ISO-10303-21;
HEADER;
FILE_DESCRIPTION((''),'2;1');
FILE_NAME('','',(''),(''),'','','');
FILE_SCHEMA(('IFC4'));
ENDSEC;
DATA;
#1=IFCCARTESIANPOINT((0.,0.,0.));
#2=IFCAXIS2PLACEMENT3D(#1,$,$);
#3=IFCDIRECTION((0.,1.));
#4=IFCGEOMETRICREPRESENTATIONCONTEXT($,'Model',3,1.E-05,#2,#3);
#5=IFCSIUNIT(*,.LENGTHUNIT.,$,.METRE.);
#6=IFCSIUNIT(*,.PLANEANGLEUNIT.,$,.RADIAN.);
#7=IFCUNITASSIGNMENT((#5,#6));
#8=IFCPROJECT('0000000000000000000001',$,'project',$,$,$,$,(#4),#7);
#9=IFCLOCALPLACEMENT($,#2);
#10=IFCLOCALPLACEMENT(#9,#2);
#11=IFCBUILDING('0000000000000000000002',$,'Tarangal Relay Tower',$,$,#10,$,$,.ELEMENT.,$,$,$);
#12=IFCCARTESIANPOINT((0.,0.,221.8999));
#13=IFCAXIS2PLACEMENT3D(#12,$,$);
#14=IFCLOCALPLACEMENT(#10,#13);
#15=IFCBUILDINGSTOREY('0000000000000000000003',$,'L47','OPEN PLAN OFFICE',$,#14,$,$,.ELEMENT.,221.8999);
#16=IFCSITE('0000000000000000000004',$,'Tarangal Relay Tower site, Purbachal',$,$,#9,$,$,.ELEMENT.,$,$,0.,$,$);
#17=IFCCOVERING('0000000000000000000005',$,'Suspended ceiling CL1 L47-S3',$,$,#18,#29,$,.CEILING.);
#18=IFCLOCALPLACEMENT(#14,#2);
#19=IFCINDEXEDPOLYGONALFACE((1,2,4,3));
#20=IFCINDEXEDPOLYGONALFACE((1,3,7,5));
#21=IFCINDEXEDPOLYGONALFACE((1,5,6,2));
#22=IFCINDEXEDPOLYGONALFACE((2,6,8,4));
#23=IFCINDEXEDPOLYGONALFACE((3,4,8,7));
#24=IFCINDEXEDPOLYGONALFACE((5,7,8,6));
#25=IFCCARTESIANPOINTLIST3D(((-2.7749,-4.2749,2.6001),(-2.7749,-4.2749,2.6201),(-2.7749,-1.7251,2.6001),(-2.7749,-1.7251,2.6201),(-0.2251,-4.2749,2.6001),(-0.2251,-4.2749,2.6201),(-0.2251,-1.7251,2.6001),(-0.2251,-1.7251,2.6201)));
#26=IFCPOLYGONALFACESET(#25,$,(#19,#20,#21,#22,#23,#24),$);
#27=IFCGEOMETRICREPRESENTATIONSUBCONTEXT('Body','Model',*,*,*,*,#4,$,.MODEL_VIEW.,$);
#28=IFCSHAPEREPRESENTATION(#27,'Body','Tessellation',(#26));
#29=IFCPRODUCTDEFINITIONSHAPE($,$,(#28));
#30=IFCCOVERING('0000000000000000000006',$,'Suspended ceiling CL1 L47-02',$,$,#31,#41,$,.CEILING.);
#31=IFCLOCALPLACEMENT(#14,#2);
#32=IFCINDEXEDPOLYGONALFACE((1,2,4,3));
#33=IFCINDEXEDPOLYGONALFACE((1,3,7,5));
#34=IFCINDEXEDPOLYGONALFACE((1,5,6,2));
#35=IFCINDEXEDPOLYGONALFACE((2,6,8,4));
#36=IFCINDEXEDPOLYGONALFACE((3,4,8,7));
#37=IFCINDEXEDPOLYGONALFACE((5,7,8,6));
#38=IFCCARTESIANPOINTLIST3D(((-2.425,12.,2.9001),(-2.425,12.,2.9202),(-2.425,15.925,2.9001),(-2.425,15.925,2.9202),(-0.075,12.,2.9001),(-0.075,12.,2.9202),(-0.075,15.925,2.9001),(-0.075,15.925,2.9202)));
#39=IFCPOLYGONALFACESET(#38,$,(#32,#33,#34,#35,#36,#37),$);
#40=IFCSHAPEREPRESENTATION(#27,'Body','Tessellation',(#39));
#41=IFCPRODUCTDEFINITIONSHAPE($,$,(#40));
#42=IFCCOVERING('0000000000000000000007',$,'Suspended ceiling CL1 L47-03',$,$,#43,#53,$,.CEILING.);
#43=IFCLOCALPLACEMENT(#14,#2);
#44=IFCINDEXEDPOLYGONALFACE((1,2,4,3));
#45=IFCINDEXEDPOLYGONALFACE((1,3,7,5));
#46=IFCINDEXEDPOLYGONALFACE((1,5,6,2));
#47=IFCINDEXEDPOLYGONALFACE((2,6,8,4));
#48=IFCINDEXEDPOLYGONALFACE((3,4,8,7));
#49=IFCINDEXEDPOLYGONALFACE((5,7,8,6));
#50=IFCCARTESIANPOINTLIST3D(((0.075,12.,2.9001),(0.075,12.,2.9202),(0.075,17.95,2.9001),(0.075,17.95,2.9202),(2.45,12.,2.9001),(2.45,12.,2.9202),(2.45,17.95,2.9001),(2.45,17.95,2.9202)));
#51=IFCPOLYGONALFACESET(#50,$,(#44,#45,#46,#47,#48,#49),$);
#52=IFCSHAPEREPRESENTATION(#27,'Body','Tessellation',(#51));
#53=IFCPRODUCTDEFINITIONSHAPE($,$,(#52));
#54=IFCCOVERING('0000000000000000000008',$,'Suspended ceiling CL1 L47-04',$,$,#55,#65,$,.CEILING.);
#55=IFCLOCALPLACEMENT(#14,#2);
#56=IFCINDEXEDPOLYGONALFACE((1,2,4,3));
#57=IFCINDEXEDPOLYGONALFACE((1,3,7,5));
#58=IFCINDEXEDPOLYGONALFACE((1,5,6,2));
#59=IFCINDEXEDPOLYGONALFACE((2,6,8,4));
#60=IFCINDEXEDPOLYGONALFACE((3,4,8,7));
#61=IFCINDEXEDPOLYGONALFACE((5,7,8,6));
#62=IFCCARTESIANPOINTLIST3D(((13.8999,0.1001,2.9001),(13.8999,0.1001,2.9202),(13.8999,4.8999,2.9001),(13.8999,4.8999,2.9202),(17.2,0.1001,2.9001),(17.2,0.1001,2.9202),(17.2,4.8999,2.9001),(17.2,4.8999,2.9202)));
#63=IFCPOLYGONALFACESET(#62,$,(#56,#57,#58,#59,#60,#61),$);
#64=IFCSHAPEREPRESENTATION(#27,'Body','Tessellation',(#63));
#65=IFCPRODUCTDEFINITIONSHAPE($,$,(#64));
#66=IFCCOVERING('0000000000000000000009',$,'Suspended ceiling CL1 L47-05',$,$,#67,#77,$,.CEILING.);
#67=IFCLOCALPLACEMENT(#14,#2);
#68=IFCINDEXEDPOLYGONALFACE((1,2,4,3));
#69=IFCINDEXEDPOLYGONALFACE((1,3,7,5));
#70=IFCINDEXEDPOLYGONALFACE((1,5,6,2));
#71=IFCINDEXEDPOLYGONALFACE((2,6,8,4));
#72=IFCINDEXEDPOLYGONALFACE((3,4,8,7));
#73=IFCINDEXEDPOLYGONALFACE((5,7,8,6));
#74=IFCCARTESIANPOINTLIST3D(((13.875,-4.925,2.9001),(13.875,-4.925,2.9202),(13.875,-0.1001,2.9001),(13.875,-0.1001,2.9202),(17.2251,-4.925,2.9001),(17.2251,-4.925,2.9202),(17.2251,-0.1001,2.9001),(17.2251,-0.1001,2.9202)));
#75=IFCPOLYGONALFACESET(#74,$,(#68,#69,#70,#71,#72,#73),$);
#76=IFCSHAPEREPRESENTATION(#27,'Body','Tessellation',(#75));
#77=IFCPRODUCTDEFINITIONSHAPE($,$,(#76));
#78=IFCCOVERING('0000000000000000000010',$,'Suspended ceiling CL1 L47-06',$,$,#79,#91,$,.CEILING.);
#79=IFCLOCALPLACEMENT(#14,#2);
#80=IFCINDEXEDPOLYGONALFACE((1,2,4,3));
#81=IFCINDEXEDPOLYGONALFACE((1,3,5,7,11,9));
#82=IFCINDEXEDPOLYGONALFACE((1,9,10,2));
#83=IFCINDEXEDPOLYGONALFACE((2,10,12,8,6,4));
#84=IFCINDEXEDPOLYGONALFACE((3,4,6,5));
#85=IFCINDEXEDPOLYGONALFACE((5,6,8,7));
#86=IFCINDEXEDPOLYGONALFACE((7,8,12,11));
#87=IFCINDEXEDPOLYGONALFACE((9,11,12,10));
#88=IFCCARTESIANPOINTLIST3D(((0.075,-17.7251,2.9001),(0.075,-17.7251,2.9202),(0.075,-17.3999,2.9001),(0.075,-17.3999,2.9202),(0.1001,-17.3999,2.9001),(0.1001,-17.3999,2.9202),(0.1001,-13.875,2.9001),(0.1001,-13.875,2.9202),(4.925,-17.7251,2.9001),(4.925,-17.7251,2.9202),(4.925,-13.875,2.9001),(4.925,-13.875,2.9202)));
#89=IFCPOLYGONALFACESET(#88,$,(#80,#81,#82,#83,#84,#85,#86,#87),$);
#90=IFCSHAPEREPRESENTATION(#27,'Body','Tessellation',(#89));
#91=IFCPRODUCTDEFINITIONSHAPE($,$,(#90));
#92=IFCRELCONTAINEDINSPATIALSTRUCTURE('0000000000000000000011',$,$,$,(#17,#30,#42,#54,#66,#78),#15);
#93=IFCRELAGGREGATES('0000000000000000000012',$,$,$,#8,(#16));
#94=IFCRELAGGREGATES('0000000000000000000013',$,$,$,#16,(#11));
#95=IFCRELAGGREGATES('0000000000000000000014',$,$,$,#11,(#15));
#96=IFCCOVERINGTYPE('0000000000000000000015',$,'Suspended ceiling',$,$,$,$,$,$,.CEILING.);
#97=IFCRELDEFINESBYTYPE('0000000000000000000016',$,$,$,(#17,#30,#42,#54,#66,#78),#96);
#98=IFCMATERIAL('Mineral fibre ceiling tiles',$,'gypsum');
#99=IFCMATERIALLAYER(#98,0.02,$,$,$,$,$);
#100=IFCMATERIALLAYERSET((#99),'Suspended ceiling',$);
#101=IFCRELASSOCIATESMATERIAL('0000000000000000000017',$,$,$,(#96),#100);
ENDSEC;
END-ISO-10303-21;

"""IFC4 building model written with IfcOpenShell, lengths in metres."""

from ifc_helpers import new_model, si_unit, direction, frame, origin, place, context, subcontext, project, spatial, polyline, outline, extrude, material, layer, layer_set, type_object, element, save


model = new_model("IFC4")

# Units and contexts
model_context = context("Model", 3, precision=1e-05, world=origin(), true_north=direction((0.0, 1.0)))
body_context = subcontext(model_context, "Body", "Model", "MODEL_VIEW")
ifc_project = project(units=[si_unit("LENGTHUNIT", "METRE"), si_unit("PLANEANGLEUNIT", "RADIAN")], contexts=[model_context])

# Site, building, storey
site_placement = place(None, origin())
site = spatial("IfcSite", under=ifc_project, at=site_placement, Name="Tarangal Relay Tower site, Purbachal", CompositionType="ELEMENT", RefElevation=0.0)
building_placement = place(site_placement, origin())
building = spatial("IfcBuilding", under=site, at=building_placement, Name="Tarangal Relay Tower", CompositionType="ELEMENT")
storey_placement = place(building_placement, frame((0.0, 0.0, 221.8999)))
storey = spatial("IfcBuildingStorey", under=building, at=storey_placement, Name="L47", Description="OPEN PLAN OFFICE", CompositionType="ELEMENT", Elevation=221.8999)

# Coverings
ifc_material_1 = material(Name="Mineral fibre ceiling tiles", Category="gypsum")
ifc_layer_1 = layer(ifc_material_1, 0.02)
ifc_layer_set_1 = layer_set([ifc_layer_1], Name="Suspended ceiling")
covering_type_1 = type_object("IfcCoveringType", Name="Suspended ceiling", PredefinedType="CEILING", material=ifc_layer_set_1)
covering_1_placement = place(storey_placement, frame((0.0, 0.0, 2.6001)))
element("IfcCovering", 1, at=covering_1_placement, inside=storey, type_object=covering_type_1, Name="Suspended ceiling CL1 L47-S3", PredefinedType="CEILING", context=body_context, shape_type="SweptSolid", body=[
    extrude(outline(polyline([(-2.7749, -4.2749), (-0.2251, -4.2749), (-0.2251, -1.7251), (-2.7749, -1.7251), (-2.7749, -4.2749)])), origin(), (0.0, 0.0, 1.0), 0.02),
])
covering_2_placement = place(storey_placement, frame((0.0, 0.0, 2.9001)))
element("IfcCovering", 2, at=covering_2_placement, inside=storey, type_object=covering_type_1, Name="Suspended ceiling CL1 L47-02", PredefinedType="CEILING", context=body_context, shape_type="SweptSolid", body=[
    extrude(outline(polyline([(-0.075, 12.0), (-0.075, 15.925), (-2.425, 15.925), (-2.425, 12.0), (-0.075, 12.0)])), origin(), (0.0, 0.0, 1.0), 0.02),
])
covering_3_placement = place(storey_placement, frame((0.0, 0.0, 2.9001)))
element("IfcCovering", 3, at=covering_3_placement, inside=storey, type_object=covering_type_1, Name="Suspended ceiling CL1 L47-03", PredefinedType="CEILING", context=body_context, shape_type="SweptSolid", body=[
    extrude(outline(polyline([(2.45, 12.0), (2.45, 17.95), (0.075, 17.95), (0.075, 12.0), (2.45, 12.0)])), origin(), (0.0, 0.0, 1.0), 0.02),
])
covering_4_placement = place(storey_placement, frame((0.0, 0.0, 2.9001)))
element("IfcCovering", 4, at=covering_4_placement, inside=storey, type_object=covering_type_1, Name="Suspended ceiling CL1 L47-04", PredefinedType="CEILING", context=body_context, shape_type="SweptSolid", body=[
    extrude(outline(polyline([(13.8999, 4.8999), (13.8999, 0.1001), (17.2, 0.1001), (17.2, 4.8999), (13.8999, 4.8999)])), origin(), (0.0, 0.0, 1.0), 0.02),
])
covering_5_placement = place(storey_placement, frame((0.0, 0.0, 2.9001)))
element("IfcCovering", 5, at=covering_5_placement, inside=storey, type_object=covering_type_1, Name="Suspended ceiling CL1 L47-05", PredefinedType="CEILING", context=body_context, shape_type="SweptSolid", body=[
    extrude(outline(polyline([(17.2251, -4.925), (17.2251, -0.1001), (13.875, -0.1001), (13.875, -4.925), (17.2251, -4.925)])), origin(), (0.0, 0.0, 1.0), 0.02),
])
covering_6_placement = place(storey_placement, frame((0.0, 0.0, 2.9001)))
element("IfcCovering", 6, at=covering_6_placement, inside=storey, type_object=covering_type_1, Name="Suspended ceiling CL1 L47-06", PredefinedType="CEILING", context=body_context, shape_type="SweptSolid", body=[
    extrude(outline(polyline([(0.075, -17.3999), (0.075, -17.7251), (4.925, -17.7251), (4.925, -13.875), (0.1001, -13.875), (0.1001, -17.3999), (0.075, -17.3999)])), origin(), (0.0, 0.0, 1.0), 0.02),
])

save(model, "model.ifc")
